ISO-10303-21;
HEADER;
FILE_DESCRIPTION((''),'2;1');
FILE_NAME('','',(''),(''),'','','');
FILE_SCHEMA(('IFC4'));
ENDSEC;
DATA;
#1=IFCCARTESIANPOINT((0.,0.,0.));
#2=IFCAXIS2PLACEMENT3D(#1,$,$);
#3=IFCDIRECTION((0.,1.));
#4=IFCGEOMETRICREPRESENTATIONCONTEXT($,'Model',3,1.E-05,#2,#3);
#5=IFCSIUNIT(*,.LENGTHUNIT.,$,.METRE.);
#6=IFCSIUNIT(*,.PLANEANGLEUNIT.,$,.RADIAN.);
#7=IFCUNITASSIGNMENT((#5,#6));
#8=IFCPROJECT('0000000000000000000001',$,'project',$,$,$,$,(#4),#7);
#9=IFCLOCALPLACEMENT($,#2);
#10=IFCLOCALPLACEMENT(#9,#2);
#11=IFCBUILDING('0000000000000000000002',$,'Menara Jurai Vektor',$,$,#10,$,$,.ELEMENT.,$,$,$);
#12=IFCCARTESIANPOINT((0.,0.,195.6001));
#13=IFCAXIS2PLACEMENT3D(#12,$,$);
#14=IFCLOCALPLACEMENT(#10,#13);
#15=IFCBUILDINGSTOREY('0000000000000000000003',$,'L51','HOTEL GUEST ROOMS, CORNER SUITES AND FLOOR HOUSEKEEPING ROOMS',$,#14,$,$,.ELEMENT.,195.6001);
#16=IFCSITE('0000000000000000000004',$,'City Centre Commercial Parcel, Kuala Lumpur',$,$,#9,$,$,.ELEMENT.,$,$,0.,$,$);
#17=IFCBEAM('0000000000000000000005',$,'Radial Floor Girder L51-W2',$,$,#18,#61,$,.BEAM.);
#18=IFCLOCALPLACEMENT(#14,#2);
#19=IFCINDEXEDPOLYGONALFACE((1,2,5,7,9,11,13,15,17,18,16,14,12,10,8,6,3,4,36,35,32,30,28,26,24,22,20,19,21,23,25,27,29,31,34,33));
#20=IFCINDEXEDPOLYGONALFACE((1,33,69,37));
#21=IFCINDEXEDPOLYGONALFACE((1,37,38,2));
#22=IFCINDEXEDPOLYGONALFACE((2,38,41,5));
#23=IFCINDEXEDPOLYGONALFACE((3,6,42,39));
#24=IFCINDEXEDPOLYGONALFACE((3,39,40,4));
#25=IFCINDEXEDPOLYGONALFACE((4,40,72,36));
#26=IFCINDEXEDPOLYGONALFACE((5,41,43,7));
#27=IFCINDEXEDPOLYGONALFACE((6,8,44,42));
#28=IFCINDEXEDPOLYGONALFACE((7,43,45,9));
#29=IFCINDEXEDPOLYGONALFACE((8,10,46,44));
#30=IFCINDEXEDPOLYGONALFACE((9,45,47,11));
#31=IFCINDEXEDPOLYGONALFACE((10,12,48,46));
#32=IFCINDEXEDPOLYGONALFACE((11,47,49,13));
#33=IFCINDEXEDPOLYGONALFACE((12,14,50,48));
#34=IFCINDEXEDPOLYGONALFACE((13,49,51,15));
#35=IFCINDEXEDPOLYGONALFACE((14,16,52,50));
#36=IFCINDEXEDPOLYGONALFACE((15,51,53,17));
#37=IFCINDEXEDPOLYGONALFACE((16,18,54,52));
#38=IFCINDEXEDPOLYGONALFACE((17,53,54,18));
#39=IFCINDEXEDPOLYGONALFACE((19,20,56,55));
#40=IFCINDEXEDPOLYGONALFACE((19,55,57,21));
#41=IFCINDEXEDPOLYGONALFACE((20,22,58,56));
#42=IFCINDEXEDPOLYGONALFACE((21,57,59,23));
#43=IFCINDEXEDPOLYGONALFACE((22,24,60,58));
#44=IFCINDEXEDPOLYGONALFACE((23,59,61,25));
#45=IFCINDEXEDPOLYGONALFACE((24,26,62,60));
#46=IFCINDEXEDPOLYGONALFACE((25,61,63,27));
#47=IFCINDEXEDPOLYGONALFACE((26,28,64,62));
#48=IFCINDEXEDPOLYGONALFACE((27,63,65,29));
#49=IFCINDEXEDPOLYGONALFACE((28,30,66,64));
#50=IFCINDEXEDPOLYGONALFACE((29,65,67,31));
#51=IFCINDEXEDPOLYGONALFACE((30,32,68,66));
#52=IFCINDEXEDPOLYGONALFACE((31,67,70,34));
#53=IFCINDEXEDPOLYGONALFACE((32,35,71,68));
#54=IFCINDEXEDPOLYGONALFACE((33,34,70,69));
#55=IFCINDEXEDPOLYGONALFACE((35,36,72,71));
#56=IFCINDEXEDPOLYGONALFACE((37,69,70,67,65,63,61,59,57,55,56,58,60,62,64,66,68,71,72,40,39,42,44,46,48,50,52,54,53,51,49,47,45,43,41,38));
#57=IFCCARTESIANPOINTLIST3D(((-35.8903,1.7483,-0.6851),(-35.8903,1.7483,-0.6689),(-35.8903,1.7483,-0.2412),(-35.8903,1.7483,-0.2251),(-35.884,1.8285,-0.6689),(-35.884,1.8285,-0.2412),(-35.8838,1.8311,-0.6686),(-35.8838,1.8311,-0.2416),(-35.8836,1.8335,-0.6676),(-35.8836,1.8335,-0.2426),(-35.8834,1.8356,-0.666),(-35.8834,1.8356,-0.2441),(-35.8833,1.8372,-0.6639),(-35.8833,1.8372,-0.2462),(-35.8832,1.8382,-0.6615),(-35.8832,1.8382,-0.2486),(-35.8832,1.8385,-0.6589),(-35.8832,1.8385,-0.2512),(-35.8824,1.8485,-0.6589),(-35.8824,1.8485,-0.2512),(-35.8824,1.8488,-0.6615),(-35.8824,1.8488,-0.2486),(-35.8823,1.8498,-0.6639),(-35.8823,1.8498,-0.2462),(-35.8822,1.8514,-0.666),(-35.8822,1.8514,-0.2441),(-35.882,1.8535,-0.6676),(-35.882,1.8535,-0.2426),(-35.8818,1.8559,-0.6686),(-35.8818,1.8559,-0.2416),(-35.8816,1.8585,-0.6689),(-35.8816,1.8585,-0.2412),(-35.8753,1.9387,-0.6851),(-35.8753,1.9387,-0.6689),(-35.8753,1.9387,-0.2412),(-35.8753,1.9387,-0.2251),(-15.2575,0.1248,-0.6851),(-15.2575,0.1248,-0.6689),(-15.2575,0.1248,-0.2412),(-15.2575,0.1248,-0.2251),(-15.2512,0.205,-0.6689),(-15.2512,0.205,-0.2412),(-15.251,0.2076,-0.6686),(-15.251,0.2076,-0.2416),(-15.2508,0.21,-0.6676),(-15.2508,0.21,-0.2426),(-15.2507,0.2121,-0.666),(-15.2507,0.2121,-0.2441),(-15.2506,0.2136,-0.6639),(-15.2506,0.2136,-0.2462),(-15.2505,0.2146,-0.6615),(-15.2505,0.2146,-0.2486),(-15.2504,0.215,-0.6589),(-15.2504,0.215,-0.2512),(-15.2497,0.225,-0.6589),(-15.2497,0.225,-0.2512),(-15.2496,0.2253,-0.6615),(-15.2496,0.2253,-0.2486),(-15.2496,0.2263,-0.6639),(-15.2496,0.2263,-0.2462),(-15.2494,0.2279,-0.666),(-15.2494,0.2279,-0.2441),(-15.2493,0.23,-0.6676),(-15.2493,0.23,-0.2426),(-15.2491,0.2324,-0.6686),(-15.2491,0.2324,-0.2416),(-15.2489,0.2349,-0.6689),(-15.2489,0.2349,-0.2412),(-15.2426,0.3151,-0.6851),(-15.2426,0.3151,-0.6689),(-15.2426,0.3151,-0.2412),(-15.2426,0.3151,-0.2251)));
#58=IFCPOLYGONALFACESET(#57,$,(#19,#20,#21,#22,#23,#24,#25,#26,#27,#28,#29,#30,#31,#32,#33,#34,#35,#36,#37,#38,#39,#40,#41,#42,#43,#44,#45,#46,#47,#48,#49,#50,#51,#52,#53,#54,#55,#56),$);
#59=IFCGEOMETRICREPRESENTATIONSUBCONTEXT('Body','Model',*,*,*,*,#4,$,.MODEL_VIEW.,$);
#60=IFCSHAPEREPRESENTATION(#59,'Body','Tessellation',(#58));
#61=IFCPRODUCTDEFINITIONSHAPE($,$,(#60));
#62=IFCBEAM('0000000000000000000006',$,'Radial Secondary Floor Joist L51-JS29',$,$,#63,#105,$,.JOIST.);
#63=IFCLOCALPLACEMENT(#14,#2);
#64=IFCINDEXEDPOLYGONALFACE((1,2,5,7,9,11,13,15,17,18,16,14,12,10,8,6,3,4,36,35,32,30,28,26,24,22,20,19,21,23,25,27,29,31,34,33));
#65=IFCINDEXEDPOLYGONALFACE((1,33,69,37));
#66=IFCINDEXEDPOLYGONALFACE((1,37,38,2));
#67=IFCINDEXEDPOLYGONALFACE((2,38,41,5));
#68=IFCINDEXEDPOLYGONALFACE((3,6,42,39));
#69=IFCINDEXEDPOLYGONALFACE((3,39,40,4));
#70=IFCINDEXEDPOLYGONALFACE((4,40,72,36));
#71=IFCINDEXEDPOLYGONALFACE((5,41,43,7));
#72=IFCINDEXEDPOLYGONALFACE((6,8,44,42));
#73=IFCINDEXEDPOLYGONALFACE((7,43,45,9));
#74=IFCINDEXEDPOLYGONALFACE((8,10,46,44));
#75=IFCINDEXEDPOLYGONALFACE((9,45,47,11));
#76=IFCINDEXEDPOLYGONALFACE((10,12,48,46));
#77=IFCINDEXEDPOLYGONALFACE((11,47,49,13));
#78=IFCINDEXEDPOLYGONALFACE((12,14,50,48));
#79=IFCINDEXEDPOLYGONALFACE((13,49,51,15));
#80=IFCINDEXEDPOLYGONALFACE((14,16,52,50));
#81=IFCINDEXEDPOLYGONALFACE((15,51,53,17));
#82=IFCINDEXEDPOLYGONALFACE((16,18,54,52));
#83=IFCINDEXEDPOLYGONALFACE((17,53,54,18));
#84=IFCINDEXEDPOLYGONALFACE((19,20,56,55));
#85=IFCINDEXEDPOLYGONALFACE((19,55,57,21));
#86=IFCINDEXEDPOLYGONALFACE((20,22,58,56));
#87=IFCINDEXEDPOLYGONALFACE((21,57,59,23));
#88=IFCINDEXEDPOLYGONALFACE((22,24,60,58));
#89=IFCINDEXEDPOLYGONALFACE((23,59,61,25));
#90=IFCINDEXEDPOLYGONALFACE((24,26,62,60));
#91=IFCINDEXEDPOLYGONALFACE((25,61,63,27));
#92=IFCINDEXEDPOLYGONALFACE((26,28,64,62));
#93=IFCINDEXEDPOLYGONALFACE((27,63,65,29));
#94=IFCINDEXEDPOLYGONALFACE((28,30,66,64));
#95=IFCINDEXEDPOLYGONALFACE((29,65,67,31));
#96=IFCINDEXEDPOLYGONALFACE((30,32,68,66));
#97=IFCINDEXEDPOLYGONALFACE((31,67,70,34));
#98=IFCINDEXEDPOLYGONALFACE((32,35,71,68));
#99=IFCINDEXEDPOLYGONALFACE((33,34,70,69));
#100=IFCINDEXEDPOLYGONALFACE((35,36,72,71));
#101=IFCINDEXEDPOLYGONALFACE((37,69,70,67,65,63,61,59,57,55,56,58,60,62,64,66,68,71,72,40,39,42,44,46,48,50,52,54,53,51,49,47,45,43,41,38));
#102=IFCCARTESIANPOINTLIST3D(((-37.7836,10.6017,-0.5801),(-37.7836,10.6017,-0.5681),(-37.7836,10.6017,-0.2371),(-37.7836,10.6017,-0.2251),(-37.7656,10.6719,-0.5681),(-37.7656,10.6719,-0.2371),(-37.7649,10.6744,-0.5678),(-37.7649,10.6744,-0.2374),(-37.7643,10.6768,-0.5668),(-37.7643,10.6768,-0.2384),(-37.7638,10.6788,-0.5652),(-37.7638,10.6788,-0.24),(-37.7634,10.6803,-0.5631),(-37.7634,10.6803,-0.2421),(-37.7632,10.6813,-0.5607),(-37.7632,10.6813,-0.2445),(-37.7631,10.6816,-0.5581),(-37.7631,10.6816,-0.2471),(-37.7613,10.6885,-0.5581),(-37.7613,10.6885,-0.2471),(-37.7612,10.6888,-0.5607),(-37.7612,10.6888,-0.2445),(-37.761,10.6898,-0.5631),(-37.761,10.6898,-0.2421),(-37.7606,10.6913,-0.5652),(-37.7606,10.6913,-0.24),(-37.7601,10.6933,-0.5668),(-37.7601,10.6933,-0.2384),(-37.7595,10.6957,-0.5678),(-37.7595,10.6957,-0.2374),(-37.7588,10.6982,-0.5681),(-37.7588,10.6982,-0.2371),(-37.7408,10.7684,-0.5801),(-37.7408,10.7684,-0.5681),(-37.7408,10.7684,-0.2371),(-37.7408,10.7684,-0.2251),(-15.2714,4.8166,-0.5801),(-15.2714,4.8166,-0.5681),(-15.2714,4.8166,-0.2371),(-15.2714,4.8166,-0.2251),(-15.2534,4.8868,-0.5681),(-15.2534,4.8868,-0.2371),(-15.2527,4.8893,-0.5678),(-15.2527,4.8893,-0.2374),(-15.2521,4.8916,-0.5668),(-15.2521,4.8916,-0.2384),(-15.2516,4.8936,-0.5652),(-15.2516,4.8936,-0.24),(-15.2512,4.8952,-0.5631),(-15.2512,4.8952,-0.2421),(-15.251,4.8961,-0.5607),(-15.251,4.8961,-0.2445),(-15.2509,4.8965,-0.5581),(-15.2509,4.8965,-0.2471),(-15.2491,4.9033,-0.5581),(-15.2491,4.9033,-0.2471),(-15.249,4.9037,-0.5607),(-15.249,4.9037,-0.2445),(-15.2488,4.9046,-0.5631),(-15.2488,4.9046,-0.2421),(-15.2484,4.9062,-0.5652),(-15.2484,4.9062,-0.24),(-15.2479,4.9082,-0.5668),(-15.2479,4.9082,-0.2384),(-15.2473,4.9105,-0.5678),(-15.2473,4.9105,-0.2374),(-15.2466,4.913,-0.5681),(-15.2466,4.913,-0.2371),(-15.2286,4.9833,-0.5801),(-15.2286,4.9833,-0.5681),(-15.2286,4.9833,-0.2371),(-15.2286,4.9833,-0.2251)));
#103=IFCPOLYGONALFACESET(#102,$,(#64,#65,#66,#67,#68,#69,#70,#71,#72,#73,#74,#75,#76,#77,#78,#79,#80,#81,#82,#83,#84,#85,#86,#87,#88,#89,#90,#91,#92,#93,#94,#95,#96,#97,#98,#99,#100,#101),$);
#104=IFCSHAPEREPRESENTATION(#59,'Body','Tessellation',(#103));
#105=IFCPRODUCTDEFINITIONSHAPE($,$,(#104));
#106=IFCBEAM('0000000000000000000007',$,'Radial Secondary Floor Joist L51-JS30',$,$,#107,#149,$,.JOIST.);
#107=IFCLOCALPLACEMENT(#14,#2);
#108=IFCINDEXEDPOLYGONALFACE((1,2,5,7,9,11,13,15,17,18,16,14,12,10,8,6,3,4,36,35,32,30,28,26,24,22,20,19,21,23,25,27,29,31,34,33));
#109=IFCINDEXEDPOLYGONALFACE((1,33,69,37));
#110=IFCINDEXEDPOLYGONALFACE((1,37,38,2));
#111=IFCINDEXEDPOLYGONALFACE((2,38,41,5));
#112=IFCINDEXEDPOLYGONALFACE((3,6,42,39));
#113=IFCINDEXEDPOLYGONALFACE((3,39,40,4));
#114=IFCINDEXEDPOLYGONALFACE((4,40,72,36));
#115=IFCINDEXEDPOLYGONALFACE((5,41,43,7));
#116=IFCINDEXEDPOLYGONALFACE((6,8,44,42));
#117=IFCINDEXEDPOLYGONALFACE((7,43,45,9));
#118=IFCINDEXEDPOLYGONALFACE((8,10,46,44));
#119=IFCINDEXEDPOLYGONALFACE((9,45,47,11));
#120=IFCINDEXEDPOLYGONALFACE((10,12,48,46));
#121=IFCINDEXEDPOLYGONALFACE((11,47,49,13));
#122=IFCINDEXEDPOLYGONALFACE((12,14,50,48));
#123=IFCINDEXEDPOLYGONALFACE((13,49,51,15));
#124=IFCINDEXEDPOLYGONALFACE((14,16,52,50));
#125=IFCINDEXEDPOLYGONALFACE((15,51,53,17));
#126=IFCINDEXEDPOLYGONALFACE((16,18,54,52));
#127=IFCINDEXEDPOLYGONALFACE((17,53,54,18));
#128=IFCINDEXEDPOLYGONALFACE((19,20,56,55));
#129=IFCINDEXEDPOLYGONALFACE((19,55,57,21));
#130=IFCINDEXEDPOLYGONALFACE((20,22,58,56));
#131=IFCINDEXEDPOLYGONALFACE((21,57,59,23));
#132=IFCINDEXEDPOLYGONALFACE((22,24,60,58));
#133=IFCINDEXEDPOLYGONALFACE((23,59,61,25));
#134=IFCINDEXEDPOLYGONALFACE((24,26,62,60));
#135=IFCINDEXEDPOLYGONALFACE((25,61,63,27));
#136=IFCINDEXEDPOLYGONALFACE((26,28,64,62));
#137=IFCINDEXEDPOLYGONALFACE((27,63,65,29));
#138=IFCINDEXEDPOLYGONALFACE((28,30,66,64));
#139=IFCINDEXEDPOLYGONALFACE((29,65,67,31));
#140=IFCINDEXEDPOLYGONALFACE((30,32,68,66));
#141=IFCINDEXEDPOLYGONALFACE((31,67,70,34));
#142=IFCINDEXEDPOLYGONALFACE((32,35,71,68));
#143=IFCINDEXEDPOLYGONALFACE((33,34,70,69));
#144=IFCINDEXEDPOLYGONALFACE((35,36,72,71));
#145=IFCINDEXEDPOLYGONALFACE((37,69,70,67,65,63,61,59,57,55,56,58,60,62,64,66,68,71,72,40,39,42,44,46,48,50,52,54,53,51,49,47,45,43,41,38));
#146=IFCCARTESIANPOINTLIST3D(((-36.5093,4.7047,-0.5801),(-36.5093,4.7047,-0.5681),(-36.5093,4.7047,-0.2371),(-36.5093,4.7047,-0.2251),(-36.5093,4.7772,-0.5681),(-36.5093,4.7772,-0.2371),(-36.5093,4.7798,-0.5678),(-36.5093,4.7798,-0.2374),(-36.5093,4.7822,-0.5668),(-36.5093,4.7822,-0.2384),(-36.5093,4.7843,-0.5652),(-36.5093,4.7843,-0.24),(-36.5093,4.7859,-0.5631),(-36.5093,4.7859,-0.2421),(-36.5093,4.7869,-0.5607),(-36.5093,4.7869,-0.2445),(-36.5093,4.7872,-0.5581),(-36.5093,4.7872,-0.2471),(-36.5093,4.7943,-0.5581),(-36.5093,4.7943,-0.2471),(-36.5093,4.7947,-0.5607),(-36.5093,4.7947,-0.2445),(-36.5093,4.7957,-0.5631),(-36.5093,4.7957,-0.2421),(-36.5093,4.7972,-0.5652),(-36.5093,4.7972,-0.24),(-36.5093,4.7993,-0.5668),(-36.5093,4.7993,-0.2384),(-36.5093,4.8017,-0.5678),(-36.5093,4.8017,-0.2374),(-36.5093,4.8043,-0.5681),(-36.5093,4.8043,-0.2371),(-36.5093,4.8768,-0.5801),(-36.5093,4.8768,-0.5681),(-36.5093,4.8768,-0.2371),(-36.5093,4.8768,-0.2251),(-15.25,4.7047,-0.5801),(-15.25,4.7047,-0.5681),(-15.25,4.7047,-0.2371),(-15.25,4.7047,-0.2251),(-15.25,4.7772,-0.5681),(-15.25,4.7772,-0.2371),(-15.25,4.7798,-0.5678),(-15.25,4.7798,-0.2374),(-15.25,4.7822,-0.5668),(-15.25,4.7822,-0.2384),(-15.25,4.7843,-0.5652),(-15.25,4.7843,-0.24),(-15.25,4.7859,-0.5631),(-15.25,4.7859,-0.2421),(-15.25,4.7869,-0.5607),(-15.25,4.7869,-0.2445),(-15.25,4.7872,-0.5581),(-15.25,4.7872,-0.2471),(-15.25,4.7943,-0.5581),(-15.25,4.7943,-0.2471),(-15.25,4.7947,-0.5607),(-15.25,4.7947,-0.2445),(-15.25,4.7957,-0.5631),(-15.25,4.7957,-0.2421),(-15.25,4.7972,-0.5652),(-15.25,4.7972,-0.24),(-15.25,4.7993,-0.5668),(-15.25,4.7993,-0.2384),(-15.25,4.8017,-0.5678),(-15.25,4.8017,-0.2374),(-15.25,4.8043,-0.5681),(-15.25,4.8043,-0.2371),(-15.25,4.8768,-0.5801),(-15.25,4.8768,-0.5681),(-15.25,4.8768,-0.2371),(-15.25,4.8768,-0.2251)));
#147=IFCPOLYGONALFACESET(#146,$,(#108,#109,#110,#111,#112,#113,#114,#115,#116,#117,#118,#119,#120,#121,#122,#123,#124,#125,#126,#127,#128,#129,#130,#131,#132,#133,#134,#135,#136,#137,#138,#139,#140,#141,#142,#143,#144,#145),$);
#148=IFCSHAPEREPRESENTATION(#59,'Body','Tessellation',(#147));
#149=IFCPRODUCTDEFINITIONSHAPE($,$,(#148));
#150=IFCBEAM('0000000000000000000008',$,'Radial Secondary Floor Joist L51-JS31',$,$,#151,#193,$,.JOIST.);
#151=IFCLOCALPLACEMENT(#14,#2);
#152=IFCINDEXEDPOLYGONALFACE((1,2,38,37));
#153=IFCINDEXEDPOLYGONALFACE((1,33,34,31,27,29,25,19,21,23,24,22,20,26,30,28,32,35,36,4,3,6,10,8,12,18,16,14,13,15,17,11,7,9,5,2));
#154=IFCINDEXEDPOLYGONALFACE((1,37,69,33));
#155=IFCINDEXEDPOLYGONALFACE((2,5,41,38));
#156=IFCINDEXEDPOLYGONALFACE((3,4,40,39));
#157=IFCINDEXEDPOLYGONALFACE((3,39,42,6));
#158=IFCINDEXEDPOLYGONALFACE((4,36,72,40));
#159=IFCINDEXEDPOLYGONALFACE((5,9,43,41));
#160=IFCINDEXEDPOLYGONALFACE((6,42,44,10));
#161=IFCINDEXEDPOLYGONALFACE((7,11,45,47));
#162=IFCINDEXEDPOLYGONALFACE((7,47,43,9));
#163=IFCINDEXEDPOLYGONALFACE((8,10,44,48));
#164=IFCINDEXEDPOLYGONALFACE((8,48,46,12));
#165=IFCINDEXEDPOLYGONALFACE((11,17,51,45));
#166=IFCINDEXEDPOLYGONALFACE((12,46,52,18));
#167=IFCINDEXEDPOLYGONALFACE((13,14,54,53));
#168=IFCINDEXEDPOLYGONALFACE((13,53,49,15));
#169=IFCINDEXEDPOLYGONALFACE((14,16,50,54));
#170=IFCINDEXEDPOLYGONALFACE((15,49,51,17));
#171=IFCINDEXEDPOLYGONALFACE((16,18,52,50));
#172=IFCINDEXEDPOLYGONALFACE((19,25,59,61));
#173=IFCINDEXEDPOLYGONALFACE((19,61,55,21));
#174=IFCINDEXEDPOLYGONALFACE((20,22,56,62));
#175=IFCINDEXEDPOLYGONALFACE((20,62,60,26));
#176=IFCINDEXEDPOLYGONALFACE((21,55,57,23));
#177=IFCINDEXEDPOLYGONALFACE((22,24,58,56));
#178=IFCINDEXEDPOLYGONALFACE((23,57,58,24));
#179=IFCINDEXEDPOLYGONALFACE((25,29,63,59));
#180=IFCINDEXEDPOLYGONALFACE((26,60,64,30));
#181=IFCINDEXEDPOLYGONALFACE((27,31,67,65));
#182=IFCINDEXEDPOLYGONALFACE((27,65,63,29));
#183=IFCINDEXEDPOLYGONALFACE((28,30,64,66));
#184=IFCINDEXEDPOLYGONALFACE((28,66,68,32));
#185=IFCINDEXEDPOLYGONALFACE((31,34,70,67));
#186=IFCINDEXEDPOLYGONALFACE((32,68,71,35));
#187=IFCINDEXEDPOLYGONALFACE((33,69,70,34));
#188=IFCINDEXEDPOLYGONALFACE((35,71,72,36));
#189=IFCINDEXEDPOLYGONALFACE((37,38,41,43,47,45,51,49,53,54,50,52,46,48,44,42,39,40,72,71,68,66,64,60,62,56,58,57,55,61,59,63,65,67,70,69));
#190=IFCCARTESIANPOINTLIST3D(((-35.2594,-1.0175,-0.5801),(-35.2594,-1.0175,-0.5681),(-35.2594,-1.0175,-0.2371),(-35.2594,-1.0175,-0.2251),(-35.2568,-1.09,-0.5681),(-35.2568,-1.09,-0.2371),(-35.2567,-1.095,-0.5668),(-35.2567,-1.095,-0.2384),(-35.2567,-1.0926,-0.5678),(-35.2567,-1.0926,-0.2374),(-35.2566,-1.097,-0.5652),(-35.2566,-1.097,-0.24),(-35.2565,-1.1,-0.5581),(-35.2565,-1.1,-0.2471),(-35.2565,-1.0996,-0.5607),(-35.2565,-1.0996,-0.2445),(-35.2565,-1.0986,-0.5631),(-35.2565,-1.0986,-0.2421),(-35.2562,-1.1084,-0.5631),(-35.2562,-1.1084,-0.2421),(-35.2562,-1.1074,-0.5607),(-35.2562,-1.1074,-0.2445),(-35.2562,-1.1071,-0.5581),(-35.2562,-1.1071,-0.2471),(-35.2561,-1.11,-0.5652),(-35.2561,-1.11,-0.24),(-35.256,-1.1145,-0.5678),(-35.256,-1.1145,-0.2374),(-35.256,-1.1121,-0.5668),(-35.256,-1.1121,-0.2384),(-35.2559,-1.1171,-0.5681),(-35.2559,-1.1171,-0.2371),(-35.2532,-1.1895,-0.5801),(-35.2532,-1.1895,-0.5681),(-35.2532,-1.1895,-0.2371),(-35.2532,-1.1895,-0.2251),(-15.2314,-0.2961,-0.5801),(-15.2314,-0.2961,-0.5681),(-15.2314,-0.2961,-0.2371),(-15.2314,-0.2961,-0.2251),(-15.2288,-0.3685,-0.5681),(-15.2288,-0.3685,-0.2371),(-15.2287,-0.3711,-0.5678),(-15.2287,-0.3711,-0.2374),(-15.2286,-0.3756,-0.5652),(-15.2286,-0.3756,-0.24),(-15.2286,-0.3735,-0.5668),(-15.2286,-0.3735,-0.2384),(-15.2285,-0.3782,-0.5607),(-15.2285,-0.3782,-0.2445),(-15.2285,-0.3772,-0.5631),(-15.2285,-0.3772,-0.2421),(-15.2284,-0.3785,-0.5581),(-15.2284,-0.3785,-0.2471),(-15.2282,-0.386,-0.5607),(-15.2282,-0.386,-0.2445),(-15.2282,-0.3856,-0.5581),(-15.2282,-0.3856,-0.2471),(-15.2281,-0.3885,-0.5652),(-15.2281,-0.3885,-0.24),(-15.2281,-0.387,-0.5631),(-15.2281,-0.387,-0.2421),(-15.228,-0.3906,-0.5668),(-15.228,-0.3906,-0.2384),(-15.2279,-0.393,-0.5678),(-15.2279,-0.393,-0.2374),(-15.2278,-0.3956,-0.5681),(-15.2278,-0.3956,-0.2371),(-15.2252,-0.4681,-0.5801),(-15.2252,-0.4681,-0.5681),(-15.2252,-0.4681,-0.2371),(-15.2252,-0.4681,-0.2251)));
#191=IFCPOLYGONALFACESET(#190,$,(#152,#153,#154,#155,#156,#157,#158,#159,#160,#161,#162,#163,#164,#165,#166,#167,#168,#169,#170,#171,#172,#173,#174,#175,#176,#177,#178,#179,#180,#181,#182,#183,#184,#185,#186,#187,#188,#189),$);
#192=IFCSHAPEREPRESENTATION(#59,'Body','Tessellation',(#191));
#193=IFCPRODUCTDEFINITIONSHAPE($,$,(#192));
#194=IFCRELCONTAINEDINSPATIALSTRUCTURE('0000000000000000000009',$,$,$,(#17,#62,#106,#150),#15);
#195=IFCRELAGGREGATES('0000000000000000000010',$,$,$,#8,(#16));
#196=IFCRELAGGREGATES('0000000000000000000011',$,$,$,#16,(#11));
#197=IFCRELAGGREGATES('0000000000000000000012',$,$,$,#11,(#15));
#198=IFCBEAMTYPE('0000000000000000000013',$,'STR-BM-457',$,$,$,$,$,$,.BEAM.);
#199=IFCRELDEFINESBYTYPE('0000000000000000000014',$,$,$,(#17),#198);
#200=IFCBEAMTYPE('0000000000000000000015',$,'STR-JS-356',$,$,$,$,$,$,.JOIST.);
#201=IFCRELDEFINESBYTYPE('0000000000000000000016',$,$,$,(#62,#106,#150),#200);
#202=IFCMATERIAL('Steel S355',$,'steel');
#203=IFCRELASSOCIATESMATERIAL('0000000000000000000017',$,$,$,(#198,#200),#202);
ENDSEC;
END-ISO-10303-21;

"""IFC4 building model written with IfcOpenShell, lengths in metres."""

from ifc_helpers import new_model, si_unit, direction, frame, origin, origin_2d, place, context, subcontext, project, spatial, i_section, extrude, material, material_profile, profile_set, type_object, element, save


model = new_model("IFC4")

# Units and contexts
model_context = context("Model", 3, precision=1e-05, world=origin(), true_north=direction((0.0, 1.0)))
body_context = subcontext(model_context, "Body", "Model", "MODEL_VIEW")
ifc_project = project(units=[si_unit("LENGTHUNIT", "METRE"), si_unit("PLANEANGLEUNIT", "RADIAN")], contexts=[model_context])

# Site, building, storey
site_placement = place(None, origin())
site = spatial("IfcSite", under=ifc_project, at=site_placement, Name="City Centre Commercial Parcel, Kuala Lumpur", CompositionType="ELEMENT", RefElevation=0.0)
building_placement = place(site_placement, origin())
building = spatial("IfcBuilding", under=site, at=building_placement, Name="Menara Jurai Vektor", CompositionType="ELEMENT")
storey_placement = place(building_placement, frame((0.0, 0.0, 195.6001)))
storey = spatial("IfcBuildingStorey", under=building, at=storey_placement, Name="L51", Description="HOTEL GUEST ROOMS, CORNER SUITES AND FLOOR HOUSEKEEPING ROOMS", CompositionType="ELEMENT", Elevation=195.6001)

# Beams
ifc_material_1 = material(Name="Steel S355", Category="steel")
ifc_material_profile_1 = material_profile(ifc_material_1, i_section(OverallWidth=0.1909, OverallDepth=0.46, WebThickness=0.01, FlangeThickness=0.0161, FilletRadius=0.01, at=origin_2d()), Name="UKB 457x191x82")
ifc_profile_set_1 = profile_set([ifc_material_profile_1], Name="Steel S355")
beam_type_1 = type_object("IfcBeamType", Name="STR-BM-457", PredefinedType="BEAM", material=ifc_profile_set_1)
beam_1_placement = place(storey_placement, frame((-35.8828, 1.8435, -0.4551), z_axis=(0.996918, -0.078445, 0.0), x_axis=(0.078445, 0.996918, 0.0)))
element("IfcBeam", 1, at=beam_1_placement, inside=storey, type_object=beam_type_1, Name="Radial Floor Girder L51-W2", PredefinedType="BEAM", context=body_context, shape_type="SweptSolid", body=[
    extrude(i_section(OverallWidth=0.1909, OverallDepth=0.46, WebThickness=0.01, FlangeThickness=0.0161, FilletRadius=0.01, at=origin_2d()), origin(), (0.0, 0.0, 1.0), 20.6965),
])
ifc_material_profile_2 = material_profile(ifc_material_1, i_section(OverallWidth=0.1721, OverallDepth=0.355, WebThickness=0.0071, FlangeThickness=0.012, FilletRadius=0.01, at=origin_2d()), Name="UKB 356x171x51")
ifc_profile_set_2 = profile_set([ifc_material_profile_2], Name="Steel S355")
beam_type_2 = type_object("IfcBeamType", Name="STR-JS-356", PredefinedType="JOIST", material=ifc_profile_set_2)
beam_2_placement = place(storey_placement, frame((-37.7622, 10.6851, -0.4026), z_axis=(0.968531, -0.248892, 0.0), x_axis=(0.248892, 0.968531, 0.0)))
element("IfcBeam", 2, at=beam_2_placement, inside=storey, type_object=beam_type_2, Name="Radial Secondary Floor Joist L51-JS29", PredefinedType="JOIST", context=body_context, shape_type="SweptSolid", body=[
    extrude(i_section(OverallWidth=0.1721, OverallDepth=0.355, WebThickness=0.0071, FlangeThickness=0.012, FilletRadius=0.01, at=origin_2d()), origin(), (0.0, 0.0, 1.0), 23.2437),
])
beam_3_placement = place(storey_placement, frame((-36.5093, 4.7908, -0.4026), z_axis=(1.0, 0.0, 0.0), x_axis=(0.0, 1.0, 0.0)))
element("IfcBeam", 3, at=beam_3_placement, inside=storey, type_object=beam_type_2, Name="Radial Secondary Floor Joist L51-JS30", PredefinedType="JOIST", context=body_context, shape_type="SweptSolid", body=[
    extrude(i_section(OverallWidth=0.1721, OverallDepth=0.355, WebThickness=0.0071, FlangeThickness=0.012, FilletRadius=0.01, at=origin_2d()), origin(), (0.0, 0.0, 1.0), 21.2593),
])
beam_4_placement = place(storey_placement, frame((-35.2563, -1.1035, -0.4026), z_axis=(0.999352, 0.035998, 0.0), x_axis=(-0.035998, 0.999352, 0.0)))
element("IfcBeam", 4, at=beam_4_placement, inside=storey, type_object=beam_type_2, Name="Radial Secondary Floor Joist L51-JS31", PredefinedType="JOIST", context=body_context, shape_type="SweptSolid", body=[
    extrude(i_section(OverallWidth=0.1721, OverallDepth=0.355, WebThickness=0.0071, FlangeThickness=0.012, FilletRadius=0.01, at=origin_2d()), origin(), (0.0, 0.0, 1.0), 20.041),
])

save(model, "model.ifc")
